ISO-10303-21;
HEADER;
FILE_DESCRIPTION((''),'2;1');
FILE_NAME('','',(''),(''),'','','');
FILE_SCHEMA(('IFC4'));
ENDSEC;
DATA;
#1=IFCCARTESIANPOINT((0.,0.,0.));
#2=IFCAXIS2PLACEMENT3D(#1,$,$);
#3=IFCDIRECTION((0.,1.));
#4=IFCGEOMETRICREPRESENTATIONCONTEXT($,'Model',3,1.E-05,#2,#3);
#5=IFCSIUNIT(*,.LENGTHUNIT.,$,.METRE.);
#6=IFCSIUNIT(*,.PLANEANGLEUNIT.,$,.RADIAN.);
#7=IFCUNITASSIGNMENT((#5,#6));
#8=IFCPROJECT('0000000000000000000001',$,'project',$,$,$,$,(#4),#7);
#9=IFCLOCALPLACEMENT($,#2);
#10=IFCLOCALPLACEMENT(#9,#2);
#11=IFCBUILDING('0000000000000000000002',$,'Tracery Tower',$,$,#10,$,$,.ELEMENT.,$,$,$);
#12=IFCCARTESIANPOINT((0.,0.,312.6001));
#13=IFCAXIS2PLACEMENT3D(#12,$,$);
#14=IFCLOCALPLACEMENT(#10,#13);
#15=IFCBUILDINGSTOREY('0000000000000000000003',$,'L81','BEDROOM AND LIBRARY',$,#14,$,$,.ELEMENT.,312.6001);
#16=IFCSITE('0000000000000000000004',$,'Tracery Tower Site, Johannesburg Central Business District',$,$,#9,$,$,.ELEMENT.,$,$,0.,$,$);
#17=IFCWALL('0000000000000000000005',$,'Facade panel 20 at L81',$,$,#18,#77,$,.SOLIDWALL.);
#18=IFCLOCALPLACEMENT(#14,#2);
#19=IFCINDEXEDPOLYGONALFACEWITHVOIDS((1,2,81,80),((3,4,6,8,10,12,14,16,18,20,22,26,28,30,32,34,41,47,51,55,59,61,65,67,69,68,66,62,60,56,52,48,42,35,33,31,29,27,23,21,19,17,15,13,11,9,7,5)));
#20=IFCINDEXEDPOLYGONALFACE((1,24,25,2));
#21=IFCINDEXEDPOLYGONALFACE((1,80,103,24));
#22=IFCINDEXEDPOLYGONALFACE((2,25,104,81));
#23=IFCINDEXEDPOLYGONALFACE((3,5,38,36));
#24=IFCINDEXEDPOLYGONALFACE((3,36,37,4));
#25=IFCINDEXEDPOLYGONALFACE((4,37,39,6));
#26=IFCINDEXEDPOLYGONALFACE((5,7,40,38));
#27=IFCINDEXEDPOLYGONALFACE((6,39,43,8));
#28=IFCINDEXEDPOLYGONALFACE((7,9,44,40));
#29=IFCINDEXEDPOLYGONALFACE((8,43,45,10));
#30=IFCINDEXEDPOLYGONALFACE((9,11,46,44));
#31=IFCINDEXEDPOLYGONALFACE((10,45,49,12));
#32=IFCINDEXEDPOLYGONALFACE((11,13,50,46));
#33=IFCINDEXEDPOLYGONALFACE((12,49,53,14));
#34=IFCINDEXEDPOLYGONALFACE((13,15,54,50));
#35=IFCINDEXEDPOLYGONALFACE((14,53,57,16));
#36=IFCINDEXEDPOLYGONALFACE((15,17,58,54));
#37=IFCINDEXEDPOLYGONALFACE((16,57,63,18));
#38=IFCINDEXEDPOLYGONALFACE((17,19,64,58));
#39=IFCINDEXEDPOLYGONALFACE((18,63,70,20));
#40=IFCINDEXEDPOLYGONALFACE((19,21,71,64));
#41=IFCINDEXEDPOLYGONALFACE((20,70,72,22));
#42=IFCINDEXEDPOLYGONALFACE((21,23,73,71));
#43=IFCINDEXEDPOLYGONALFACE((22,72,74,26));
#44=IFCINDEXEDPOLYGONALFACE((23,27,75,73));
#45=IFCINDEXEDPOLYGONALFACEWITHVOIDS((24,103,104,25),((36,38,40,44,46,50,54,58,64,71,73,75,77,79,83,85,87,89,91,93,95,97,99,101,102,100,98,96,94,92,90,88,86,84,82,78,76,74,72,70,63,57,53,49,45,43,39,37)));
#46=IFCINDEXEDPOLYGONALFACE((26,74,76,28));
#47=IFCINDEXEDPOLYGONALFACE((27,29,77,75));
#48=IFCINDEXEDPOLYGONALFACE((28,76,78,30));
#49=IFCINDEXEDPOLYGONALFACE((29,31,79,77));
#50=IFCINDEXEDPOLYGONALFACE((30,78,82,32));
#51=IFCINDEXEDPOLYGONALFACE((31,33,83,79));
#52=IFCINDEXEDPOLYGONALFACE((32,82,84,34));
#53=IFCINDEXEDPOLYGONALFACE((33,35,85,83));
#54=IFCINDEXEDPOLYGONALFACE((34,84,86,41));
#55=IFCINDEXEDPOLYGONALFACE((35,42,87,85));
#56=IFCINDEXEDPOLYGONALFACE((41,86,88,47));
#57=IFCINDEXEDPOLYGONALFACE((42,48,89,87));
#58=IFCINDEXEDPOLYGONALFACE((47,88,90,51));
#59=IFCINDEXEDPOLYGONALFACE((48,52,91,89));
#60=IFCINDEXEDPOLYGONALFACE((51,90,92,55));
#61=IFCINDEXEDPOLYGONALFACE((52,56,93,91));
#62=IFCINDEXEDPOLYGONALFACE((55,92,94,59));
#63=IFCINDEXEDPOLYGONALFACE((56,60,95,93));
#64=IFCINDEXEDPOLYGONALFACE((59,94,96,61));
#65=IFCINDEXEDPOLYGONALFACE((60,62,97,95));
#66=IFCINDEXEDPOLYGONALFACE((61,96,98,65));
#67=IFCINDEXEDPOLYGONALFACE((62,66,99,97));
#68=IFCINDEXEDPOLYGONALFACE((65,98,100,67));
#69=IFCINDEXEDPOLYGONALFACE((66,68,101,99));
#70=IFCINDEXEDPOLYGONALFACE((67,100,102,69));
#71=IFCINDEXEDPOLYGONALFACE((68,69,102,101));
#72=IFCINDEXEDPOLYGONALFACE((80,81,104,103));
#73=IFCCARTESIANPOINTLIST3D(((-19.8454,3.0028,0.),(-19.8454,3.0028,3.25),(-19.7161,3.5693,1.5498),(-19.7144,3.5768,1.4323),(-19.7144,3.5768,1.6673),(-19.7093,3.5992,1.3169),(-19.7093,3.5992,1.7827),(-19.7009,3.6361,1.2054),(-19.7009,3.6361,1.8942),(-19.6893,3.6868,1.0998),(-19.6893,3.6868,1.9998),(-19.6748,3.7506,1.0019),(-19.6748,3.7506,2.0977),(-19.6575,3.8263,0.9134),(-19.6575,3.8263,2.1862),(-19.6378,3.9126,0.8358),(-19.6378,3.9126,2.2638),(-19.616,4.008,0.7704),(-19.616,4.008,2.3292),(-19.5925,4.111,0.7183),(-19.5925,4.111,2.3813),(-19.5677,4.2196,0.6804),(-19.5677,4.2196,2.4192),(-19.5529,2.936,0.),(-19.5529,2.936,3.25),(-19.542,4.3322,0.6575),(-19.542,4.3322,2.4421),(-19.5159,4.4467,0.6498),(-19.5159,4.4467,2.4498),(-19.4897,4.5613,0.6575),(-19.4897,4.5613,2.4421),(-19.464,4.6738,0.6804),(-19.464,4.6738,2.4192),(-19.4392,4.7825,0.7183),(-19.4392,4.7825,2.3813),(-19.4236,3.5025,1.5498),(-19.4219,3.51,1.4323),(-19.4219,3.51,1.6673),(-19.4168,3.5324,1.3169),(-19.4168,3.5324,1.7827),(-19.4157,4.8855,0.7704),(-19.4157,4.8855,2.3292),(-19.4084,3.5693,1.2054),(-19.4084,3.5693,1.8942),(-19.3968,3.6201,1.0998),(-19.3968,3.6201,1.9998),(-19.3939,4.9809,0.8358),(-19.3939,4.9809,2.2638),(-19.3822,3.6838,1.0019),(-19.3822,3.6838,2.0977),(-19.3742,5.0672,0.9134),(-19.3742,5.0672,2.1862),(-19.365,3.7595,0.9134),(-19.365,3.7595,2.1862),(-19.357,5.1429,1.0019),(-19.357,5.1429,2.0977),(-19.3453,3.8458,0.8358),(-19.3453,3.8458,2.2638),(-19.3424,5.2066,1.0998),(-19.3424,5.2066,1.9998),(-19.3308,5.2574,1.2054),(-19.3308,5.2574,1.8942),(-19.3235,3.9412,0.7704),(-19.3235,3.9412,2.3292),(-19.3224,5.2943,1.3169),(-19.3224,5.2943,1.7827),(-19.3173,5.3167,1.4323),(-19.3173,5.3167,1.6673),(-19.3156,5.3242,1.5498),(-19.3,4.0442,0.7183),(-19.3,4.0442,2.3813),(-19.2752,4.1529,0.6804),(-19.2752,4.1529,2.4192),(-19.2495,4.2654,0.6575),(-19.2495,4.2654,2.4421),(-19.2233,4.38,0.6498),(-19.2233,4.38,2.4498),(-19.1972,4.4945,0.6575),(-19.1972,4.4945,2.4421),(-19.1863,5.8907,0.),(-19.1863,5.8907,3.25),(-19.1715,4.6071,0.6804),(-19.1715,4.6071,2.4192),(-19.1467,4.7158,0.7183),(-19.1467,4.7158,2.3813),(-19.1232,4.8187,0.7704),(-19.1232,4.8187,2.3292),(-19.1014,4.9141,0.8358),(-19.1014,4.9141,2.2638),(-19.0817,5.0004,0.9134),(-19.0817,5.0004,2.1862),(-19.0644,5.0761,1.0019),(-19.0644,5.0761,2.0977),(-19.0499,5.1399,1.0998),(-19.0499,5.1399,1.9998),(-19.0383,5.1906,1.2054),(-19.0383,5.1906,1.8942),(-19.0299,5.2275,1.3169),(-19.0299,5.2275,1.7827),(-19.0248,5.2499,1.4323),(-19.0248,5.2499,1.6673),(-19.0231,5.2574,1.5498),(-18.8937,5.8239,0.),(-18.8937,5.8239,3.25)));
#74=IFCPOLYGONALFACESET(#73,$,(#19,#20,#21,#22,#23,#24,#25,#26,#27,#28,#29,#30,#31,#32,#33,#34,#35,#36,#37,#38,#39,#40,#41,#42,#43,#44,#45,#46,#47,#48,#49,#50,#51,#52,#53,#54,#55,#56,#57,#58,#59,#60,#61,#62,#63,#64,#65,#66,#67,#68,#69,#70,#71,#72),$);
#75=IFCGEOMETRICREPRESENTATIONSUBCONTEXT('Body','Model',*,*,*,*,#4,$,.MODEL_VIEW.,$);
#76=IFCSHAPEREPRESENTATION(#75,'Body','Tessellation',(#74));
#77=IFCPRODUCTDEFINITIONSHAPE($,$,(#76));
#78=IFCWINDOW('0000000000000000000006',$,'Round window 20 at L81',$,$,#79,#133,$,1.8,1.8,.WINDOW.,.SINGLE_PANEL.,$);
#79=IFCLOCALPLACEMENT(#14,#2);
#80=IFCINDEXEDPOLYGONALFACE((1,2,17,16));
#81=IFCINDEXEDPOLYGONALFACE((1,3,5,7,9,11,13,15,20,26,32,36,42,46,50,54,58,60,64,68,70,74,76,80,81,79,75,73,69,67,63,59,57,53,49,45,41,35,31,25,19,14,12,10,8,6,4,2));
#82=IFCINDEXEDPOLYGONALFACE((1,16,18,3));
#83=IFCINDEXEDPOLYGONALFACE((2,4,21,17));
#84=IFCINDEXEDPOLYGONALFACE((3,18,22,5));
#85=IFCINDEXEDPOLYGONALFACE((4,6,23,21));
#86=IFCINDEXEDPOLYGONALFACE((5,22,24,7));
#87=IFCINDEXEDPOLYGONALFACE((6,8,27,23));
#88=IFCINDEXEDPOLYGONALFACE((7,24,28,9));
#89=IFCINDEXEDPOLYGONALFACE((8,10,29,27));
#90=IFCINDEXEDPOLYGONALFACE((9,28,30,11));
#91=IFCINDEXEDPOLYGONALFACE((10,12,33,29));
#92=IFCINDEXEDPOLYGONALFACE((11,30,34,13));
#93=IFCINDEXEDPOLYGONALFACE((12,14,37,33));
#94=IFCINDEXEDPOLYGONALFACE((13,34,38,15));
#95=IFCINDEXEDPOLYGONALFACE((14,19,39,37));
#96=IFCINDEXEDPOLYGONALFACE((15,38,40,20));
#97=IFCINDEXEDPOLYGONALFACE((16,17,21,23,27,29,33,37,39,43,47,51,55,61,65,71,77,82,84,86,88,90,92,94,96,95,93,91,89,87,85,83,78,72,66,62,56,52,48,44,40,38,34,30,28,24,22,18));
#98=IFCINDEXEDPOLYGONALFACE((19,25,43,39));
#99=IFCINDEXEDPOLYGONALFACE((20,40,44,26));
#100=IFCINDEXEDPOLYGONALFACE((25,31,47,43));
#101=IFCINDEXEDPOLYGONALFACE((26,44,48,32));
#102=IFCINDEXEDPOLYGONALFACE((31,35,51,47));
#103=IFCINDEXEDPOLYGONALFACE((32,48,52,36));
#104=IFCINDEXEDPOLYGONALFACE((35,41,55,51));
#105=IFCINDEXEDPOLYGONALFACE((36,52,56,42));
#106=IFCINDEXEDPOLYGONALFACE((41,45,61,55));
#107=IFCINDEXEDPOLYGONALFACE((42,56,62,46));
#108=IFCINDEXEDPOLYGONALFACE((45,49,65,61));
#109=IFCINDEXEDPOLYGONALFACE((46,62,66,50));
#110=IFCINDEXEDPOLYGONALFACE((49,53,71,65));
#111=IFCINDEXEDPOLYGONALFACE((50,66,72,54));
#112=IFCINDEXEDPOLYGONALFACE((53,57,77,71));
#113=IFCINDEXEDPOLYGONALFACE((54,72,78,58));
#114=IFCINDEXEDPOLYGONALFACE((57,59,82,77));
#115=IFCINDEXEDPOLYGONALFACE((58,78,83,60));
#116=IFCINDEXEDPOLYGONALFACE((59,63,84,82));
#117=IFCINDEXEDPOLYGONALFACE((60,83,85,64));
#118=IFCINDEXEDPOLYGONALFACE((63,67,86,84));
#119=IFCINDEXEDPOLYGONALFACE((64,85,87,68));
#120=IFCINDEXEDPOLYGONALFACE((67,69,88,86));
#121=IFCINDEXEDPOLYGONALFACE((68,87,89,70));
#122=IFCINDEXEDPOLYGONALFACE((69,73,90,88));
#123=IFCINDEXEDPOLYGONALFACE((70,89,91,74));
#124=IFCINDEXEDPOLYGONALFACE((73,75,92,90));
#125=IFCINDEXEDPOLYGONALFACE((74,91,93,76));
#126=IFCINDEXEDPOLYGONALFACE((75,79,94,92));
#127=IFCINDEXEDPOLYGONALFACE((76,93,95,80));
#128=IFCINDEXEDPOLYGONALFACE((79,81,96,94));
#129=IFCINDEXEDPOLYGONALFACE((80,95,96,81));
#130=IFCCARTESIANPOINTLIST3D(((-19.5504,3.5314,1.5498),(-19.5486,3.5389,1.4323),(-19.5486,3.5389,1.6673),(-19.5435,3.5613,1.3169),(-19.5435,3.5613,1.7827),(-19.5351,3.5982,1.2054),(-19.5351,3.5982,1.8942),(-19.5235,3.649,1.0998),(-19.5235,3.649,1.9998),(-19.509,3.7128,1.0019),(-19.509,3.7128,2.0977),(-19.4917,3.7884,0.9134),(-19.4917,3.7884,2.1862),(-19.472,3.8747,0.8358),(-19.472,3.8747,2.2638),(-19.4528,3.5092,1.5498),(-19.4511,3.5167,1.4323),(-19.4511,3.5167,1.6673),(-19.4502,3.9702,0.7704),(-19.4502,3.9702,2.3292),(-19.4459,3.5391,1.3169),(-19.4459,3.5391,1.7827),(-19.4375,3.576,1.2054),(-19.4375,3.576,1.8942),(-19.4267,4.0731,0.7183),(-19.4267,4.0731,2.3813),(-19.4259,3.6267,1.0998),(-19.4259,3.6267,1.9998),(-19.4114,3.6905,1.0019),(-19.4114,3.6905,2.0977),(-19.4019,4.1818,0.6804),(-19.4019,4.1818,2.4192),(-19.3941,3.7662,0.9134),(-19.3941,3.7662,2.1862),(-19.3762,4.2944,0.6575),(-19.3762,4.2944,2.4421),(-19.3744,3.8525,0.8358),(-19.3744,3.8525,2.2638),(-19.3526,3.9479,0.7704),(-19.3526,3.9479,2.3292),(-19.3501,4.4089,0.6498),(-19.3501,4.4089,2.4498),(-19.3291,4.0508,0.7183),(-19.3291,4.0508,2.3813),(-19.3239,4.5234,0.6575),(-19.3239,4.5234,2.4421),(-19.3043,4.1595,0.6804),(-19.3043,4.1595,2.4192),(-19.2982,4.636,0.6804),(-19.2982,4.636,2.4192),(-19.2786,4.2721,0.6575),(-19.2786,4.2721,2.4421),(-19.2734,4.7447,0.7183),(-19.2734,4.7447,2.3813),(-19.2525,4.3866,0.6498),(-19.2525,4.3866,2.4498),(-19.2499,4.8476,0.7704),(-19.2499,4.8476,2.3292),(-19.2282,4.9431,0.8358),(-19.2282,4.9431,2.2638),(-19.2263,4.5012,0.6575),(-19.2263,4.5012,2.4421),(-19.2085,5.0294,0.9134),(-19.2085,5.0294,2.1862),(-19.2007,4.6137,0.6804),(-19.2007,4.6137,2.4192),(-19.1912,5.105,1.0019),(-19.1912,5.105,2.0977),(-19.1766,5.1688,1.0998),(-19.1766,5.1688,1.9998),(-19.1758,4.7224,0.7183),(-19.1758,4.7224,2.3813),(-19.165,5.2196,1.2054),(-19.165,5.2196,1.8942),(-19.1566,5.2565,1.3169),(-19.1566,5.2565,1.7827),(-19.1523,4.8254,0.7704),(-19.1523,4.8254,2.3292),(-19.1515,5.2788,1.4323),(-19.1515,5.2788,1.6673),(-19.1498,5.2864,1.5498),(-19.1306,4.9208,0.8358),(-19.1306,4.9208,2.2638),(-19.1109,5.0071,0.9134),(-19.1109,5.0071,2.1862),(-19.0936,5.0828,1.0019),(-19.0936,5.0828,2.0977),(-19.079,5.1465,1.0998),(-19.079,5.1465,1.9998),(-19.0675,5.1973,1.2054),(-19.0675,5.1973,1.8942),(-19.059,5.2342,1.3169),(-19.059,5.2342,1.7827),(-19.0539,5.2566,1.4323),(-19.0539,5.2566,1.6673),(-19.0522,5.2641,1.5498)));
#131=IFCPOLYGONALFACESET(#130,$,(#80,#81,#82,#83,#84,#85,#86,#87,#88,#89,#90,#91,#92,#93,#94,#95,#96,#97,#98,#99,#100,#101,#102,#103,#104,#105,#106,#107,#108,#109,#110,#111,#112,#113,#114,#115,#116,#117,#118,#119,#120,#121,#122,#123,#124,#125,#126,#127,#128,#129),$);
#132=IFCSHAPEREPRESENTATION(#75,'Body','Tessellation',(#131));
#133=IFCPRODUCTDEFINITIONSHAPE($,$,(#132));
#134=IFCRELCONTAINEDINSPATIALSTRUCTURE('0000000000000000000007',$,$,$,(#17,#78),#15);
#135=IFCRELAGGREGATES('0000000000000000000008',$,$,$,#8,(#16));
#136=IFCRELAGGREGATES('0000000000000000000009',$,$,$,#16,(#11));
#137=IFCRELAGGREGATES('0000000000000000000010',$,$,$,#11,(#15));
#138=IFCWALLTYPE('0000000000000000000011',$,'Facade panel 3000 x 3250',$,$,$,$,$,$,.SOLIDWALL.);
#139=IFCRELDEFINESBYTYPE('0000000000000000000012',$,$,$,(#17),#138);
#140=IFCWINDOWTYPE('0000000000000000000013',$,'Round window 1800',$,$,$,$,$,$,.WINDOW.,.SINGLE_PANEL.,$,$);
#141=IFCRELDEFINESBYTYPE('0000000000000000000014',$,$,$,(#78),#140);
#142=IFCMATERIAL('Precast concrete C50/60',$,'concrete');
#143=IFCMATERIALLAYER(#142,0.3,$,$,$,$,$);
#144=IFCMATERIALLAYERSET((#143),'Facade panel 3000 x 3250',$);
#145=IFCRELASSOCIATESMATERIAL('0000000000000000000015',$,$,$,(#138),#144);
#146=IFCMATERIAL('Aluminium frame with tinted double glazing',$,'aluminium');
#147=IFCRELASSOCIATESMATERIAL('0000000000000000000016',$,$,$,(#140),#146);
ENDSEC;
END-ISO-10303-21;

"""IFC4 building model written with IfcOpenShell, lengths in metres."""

from ifc_helpers import new_model, si_unit, direction, frame, frame_2d, origin, origin_2d, place, context, subcontext, project, spatial, rectangle, circle, extrude, material, layer, layer_set, type_object, element, fill, save


model = new_model("IFC4")

# Units and contexts
model_context = context("Model", 3, precision=1e-05, world=origin(), true_north=direction((0.0, 1.0)))
body_context = subcontext(model_context, "Body", "Model", "MODEL_VIEW")
ifc_project = project(units=[si_unit("LENGTHUNIT", "METRE"), si_unit("PLANEANGLEUNIT", "RADIAN")], contexts=[model_context])

# Site, building, storey
site_placement = place(None, origin())
site = spatial("IfcSite", under=ifc_project, at=site_placement, Name="Tracery Tower Site, Johannesburg Central Business District", CompositionType="ELEMENT", RefElevation=0.0)
building_placement = place(site_placement, origin())
building = spatial("IfcBuilding", under=site, at=building_placement, Name="Tracery Tower", CompositionType="ELEMENT")
storey_placement = place(building_placement, frame((0.0, 0.0, 312.6001)))
storey = spatial("IfcBuildingStorey", under=building, at=storey_placement, Name="L81", Description="BEDROOM AND LIBRARY", CompositionType="ELEMENT", Elevation=312.6001)

# Wall, opening, window
ifc_material_1 = material(Name="Precast concrete C50/60", Category="concrete")
ifc_layer_1 = layer(ifc_material_1, 0.3)
ifc_layer_set_1 = layer_set([ifc_layer_1], Name="Facade panel 3000 x 3250")
wall_type_1 = type_object("IfcWallType", Name="Facade panel 3000 x 3250", PredefinedType="SOLIDWALL", material=ifc_layer_set_1)
wall_1_placement = place(storey_placement, frame((-19.04, 5.8572, 0.0), z_axis=(0.0, 0.0, 1.0), x_axis=(-0.222529, -0.974926, 0.0)))
wall_1 = element("IfcWall", 1, at=wall_1_placement, inside=storey, type_object=wall_type_1, Name="Facade panel 20 at L81", PredefinedType="SOLIDWALL", context=body_context, shape_type="SweptSolid", body=[
    extrude(rectangle(XDim=2.9622, YDim=0.3, at=frame_2d((1.481, 0.0))), origin(), (0.0, 0.0, 1.0), 3.25),
])
opening_1_placement = place(wall_1_placement, frame((1.481, 0.0, 1.5498)))
opening_1 = element("IfcOpeningElement", 2, at=opening_1_placement, cuts=wall_1, PredefinedType="OPENING", context=body_context, shape_type="SweptSolid", body=[
    extrude(circle(Radius=0.9, at=origin_2d()), frame((0.0, 0.1599, 0.0), z_axis=(0.0, -1.0, 0.0), x_axis=(1.0, 0.0, 0.0)), (0.0, 0.0, 1.0), 0.3201),
])
ifc_material_2 = material(Name="Aluminium frame with tinted double glazing", Category="aluminium")
window_type = type_object("IfcWindowType", Name="Round window 1800", PartitioningType="SINGLE_PANEL", PredefinedType="WINDOW", material=ifc_material_2)
window_1_placement = place(opening_1_placement, origin())
window_1 = element("IfcWindow", 3, at=window_1_placement, inside=storey, type_object=window_type, Name="Round window 20 at L81", OverallHeight=1.8, OverallWidth=1.8, PartitioningType="SINGLE_PANEL", PredefinedType="WINDOW", context=body_context, shape_type="SweptSolid", body=[
    extrude(circle(Radius=0.9, at=origin_2d()), frame((0.0, 0.1201, 0.0), z_axis=(0.0, -1.0, 0.0), x_axis=(1.0, 0.0, 0.0)), (0.0, 0.0, 1.0), 0.1001),
])
fill(opening_1, window_1)

save(model, "model.ifc")
